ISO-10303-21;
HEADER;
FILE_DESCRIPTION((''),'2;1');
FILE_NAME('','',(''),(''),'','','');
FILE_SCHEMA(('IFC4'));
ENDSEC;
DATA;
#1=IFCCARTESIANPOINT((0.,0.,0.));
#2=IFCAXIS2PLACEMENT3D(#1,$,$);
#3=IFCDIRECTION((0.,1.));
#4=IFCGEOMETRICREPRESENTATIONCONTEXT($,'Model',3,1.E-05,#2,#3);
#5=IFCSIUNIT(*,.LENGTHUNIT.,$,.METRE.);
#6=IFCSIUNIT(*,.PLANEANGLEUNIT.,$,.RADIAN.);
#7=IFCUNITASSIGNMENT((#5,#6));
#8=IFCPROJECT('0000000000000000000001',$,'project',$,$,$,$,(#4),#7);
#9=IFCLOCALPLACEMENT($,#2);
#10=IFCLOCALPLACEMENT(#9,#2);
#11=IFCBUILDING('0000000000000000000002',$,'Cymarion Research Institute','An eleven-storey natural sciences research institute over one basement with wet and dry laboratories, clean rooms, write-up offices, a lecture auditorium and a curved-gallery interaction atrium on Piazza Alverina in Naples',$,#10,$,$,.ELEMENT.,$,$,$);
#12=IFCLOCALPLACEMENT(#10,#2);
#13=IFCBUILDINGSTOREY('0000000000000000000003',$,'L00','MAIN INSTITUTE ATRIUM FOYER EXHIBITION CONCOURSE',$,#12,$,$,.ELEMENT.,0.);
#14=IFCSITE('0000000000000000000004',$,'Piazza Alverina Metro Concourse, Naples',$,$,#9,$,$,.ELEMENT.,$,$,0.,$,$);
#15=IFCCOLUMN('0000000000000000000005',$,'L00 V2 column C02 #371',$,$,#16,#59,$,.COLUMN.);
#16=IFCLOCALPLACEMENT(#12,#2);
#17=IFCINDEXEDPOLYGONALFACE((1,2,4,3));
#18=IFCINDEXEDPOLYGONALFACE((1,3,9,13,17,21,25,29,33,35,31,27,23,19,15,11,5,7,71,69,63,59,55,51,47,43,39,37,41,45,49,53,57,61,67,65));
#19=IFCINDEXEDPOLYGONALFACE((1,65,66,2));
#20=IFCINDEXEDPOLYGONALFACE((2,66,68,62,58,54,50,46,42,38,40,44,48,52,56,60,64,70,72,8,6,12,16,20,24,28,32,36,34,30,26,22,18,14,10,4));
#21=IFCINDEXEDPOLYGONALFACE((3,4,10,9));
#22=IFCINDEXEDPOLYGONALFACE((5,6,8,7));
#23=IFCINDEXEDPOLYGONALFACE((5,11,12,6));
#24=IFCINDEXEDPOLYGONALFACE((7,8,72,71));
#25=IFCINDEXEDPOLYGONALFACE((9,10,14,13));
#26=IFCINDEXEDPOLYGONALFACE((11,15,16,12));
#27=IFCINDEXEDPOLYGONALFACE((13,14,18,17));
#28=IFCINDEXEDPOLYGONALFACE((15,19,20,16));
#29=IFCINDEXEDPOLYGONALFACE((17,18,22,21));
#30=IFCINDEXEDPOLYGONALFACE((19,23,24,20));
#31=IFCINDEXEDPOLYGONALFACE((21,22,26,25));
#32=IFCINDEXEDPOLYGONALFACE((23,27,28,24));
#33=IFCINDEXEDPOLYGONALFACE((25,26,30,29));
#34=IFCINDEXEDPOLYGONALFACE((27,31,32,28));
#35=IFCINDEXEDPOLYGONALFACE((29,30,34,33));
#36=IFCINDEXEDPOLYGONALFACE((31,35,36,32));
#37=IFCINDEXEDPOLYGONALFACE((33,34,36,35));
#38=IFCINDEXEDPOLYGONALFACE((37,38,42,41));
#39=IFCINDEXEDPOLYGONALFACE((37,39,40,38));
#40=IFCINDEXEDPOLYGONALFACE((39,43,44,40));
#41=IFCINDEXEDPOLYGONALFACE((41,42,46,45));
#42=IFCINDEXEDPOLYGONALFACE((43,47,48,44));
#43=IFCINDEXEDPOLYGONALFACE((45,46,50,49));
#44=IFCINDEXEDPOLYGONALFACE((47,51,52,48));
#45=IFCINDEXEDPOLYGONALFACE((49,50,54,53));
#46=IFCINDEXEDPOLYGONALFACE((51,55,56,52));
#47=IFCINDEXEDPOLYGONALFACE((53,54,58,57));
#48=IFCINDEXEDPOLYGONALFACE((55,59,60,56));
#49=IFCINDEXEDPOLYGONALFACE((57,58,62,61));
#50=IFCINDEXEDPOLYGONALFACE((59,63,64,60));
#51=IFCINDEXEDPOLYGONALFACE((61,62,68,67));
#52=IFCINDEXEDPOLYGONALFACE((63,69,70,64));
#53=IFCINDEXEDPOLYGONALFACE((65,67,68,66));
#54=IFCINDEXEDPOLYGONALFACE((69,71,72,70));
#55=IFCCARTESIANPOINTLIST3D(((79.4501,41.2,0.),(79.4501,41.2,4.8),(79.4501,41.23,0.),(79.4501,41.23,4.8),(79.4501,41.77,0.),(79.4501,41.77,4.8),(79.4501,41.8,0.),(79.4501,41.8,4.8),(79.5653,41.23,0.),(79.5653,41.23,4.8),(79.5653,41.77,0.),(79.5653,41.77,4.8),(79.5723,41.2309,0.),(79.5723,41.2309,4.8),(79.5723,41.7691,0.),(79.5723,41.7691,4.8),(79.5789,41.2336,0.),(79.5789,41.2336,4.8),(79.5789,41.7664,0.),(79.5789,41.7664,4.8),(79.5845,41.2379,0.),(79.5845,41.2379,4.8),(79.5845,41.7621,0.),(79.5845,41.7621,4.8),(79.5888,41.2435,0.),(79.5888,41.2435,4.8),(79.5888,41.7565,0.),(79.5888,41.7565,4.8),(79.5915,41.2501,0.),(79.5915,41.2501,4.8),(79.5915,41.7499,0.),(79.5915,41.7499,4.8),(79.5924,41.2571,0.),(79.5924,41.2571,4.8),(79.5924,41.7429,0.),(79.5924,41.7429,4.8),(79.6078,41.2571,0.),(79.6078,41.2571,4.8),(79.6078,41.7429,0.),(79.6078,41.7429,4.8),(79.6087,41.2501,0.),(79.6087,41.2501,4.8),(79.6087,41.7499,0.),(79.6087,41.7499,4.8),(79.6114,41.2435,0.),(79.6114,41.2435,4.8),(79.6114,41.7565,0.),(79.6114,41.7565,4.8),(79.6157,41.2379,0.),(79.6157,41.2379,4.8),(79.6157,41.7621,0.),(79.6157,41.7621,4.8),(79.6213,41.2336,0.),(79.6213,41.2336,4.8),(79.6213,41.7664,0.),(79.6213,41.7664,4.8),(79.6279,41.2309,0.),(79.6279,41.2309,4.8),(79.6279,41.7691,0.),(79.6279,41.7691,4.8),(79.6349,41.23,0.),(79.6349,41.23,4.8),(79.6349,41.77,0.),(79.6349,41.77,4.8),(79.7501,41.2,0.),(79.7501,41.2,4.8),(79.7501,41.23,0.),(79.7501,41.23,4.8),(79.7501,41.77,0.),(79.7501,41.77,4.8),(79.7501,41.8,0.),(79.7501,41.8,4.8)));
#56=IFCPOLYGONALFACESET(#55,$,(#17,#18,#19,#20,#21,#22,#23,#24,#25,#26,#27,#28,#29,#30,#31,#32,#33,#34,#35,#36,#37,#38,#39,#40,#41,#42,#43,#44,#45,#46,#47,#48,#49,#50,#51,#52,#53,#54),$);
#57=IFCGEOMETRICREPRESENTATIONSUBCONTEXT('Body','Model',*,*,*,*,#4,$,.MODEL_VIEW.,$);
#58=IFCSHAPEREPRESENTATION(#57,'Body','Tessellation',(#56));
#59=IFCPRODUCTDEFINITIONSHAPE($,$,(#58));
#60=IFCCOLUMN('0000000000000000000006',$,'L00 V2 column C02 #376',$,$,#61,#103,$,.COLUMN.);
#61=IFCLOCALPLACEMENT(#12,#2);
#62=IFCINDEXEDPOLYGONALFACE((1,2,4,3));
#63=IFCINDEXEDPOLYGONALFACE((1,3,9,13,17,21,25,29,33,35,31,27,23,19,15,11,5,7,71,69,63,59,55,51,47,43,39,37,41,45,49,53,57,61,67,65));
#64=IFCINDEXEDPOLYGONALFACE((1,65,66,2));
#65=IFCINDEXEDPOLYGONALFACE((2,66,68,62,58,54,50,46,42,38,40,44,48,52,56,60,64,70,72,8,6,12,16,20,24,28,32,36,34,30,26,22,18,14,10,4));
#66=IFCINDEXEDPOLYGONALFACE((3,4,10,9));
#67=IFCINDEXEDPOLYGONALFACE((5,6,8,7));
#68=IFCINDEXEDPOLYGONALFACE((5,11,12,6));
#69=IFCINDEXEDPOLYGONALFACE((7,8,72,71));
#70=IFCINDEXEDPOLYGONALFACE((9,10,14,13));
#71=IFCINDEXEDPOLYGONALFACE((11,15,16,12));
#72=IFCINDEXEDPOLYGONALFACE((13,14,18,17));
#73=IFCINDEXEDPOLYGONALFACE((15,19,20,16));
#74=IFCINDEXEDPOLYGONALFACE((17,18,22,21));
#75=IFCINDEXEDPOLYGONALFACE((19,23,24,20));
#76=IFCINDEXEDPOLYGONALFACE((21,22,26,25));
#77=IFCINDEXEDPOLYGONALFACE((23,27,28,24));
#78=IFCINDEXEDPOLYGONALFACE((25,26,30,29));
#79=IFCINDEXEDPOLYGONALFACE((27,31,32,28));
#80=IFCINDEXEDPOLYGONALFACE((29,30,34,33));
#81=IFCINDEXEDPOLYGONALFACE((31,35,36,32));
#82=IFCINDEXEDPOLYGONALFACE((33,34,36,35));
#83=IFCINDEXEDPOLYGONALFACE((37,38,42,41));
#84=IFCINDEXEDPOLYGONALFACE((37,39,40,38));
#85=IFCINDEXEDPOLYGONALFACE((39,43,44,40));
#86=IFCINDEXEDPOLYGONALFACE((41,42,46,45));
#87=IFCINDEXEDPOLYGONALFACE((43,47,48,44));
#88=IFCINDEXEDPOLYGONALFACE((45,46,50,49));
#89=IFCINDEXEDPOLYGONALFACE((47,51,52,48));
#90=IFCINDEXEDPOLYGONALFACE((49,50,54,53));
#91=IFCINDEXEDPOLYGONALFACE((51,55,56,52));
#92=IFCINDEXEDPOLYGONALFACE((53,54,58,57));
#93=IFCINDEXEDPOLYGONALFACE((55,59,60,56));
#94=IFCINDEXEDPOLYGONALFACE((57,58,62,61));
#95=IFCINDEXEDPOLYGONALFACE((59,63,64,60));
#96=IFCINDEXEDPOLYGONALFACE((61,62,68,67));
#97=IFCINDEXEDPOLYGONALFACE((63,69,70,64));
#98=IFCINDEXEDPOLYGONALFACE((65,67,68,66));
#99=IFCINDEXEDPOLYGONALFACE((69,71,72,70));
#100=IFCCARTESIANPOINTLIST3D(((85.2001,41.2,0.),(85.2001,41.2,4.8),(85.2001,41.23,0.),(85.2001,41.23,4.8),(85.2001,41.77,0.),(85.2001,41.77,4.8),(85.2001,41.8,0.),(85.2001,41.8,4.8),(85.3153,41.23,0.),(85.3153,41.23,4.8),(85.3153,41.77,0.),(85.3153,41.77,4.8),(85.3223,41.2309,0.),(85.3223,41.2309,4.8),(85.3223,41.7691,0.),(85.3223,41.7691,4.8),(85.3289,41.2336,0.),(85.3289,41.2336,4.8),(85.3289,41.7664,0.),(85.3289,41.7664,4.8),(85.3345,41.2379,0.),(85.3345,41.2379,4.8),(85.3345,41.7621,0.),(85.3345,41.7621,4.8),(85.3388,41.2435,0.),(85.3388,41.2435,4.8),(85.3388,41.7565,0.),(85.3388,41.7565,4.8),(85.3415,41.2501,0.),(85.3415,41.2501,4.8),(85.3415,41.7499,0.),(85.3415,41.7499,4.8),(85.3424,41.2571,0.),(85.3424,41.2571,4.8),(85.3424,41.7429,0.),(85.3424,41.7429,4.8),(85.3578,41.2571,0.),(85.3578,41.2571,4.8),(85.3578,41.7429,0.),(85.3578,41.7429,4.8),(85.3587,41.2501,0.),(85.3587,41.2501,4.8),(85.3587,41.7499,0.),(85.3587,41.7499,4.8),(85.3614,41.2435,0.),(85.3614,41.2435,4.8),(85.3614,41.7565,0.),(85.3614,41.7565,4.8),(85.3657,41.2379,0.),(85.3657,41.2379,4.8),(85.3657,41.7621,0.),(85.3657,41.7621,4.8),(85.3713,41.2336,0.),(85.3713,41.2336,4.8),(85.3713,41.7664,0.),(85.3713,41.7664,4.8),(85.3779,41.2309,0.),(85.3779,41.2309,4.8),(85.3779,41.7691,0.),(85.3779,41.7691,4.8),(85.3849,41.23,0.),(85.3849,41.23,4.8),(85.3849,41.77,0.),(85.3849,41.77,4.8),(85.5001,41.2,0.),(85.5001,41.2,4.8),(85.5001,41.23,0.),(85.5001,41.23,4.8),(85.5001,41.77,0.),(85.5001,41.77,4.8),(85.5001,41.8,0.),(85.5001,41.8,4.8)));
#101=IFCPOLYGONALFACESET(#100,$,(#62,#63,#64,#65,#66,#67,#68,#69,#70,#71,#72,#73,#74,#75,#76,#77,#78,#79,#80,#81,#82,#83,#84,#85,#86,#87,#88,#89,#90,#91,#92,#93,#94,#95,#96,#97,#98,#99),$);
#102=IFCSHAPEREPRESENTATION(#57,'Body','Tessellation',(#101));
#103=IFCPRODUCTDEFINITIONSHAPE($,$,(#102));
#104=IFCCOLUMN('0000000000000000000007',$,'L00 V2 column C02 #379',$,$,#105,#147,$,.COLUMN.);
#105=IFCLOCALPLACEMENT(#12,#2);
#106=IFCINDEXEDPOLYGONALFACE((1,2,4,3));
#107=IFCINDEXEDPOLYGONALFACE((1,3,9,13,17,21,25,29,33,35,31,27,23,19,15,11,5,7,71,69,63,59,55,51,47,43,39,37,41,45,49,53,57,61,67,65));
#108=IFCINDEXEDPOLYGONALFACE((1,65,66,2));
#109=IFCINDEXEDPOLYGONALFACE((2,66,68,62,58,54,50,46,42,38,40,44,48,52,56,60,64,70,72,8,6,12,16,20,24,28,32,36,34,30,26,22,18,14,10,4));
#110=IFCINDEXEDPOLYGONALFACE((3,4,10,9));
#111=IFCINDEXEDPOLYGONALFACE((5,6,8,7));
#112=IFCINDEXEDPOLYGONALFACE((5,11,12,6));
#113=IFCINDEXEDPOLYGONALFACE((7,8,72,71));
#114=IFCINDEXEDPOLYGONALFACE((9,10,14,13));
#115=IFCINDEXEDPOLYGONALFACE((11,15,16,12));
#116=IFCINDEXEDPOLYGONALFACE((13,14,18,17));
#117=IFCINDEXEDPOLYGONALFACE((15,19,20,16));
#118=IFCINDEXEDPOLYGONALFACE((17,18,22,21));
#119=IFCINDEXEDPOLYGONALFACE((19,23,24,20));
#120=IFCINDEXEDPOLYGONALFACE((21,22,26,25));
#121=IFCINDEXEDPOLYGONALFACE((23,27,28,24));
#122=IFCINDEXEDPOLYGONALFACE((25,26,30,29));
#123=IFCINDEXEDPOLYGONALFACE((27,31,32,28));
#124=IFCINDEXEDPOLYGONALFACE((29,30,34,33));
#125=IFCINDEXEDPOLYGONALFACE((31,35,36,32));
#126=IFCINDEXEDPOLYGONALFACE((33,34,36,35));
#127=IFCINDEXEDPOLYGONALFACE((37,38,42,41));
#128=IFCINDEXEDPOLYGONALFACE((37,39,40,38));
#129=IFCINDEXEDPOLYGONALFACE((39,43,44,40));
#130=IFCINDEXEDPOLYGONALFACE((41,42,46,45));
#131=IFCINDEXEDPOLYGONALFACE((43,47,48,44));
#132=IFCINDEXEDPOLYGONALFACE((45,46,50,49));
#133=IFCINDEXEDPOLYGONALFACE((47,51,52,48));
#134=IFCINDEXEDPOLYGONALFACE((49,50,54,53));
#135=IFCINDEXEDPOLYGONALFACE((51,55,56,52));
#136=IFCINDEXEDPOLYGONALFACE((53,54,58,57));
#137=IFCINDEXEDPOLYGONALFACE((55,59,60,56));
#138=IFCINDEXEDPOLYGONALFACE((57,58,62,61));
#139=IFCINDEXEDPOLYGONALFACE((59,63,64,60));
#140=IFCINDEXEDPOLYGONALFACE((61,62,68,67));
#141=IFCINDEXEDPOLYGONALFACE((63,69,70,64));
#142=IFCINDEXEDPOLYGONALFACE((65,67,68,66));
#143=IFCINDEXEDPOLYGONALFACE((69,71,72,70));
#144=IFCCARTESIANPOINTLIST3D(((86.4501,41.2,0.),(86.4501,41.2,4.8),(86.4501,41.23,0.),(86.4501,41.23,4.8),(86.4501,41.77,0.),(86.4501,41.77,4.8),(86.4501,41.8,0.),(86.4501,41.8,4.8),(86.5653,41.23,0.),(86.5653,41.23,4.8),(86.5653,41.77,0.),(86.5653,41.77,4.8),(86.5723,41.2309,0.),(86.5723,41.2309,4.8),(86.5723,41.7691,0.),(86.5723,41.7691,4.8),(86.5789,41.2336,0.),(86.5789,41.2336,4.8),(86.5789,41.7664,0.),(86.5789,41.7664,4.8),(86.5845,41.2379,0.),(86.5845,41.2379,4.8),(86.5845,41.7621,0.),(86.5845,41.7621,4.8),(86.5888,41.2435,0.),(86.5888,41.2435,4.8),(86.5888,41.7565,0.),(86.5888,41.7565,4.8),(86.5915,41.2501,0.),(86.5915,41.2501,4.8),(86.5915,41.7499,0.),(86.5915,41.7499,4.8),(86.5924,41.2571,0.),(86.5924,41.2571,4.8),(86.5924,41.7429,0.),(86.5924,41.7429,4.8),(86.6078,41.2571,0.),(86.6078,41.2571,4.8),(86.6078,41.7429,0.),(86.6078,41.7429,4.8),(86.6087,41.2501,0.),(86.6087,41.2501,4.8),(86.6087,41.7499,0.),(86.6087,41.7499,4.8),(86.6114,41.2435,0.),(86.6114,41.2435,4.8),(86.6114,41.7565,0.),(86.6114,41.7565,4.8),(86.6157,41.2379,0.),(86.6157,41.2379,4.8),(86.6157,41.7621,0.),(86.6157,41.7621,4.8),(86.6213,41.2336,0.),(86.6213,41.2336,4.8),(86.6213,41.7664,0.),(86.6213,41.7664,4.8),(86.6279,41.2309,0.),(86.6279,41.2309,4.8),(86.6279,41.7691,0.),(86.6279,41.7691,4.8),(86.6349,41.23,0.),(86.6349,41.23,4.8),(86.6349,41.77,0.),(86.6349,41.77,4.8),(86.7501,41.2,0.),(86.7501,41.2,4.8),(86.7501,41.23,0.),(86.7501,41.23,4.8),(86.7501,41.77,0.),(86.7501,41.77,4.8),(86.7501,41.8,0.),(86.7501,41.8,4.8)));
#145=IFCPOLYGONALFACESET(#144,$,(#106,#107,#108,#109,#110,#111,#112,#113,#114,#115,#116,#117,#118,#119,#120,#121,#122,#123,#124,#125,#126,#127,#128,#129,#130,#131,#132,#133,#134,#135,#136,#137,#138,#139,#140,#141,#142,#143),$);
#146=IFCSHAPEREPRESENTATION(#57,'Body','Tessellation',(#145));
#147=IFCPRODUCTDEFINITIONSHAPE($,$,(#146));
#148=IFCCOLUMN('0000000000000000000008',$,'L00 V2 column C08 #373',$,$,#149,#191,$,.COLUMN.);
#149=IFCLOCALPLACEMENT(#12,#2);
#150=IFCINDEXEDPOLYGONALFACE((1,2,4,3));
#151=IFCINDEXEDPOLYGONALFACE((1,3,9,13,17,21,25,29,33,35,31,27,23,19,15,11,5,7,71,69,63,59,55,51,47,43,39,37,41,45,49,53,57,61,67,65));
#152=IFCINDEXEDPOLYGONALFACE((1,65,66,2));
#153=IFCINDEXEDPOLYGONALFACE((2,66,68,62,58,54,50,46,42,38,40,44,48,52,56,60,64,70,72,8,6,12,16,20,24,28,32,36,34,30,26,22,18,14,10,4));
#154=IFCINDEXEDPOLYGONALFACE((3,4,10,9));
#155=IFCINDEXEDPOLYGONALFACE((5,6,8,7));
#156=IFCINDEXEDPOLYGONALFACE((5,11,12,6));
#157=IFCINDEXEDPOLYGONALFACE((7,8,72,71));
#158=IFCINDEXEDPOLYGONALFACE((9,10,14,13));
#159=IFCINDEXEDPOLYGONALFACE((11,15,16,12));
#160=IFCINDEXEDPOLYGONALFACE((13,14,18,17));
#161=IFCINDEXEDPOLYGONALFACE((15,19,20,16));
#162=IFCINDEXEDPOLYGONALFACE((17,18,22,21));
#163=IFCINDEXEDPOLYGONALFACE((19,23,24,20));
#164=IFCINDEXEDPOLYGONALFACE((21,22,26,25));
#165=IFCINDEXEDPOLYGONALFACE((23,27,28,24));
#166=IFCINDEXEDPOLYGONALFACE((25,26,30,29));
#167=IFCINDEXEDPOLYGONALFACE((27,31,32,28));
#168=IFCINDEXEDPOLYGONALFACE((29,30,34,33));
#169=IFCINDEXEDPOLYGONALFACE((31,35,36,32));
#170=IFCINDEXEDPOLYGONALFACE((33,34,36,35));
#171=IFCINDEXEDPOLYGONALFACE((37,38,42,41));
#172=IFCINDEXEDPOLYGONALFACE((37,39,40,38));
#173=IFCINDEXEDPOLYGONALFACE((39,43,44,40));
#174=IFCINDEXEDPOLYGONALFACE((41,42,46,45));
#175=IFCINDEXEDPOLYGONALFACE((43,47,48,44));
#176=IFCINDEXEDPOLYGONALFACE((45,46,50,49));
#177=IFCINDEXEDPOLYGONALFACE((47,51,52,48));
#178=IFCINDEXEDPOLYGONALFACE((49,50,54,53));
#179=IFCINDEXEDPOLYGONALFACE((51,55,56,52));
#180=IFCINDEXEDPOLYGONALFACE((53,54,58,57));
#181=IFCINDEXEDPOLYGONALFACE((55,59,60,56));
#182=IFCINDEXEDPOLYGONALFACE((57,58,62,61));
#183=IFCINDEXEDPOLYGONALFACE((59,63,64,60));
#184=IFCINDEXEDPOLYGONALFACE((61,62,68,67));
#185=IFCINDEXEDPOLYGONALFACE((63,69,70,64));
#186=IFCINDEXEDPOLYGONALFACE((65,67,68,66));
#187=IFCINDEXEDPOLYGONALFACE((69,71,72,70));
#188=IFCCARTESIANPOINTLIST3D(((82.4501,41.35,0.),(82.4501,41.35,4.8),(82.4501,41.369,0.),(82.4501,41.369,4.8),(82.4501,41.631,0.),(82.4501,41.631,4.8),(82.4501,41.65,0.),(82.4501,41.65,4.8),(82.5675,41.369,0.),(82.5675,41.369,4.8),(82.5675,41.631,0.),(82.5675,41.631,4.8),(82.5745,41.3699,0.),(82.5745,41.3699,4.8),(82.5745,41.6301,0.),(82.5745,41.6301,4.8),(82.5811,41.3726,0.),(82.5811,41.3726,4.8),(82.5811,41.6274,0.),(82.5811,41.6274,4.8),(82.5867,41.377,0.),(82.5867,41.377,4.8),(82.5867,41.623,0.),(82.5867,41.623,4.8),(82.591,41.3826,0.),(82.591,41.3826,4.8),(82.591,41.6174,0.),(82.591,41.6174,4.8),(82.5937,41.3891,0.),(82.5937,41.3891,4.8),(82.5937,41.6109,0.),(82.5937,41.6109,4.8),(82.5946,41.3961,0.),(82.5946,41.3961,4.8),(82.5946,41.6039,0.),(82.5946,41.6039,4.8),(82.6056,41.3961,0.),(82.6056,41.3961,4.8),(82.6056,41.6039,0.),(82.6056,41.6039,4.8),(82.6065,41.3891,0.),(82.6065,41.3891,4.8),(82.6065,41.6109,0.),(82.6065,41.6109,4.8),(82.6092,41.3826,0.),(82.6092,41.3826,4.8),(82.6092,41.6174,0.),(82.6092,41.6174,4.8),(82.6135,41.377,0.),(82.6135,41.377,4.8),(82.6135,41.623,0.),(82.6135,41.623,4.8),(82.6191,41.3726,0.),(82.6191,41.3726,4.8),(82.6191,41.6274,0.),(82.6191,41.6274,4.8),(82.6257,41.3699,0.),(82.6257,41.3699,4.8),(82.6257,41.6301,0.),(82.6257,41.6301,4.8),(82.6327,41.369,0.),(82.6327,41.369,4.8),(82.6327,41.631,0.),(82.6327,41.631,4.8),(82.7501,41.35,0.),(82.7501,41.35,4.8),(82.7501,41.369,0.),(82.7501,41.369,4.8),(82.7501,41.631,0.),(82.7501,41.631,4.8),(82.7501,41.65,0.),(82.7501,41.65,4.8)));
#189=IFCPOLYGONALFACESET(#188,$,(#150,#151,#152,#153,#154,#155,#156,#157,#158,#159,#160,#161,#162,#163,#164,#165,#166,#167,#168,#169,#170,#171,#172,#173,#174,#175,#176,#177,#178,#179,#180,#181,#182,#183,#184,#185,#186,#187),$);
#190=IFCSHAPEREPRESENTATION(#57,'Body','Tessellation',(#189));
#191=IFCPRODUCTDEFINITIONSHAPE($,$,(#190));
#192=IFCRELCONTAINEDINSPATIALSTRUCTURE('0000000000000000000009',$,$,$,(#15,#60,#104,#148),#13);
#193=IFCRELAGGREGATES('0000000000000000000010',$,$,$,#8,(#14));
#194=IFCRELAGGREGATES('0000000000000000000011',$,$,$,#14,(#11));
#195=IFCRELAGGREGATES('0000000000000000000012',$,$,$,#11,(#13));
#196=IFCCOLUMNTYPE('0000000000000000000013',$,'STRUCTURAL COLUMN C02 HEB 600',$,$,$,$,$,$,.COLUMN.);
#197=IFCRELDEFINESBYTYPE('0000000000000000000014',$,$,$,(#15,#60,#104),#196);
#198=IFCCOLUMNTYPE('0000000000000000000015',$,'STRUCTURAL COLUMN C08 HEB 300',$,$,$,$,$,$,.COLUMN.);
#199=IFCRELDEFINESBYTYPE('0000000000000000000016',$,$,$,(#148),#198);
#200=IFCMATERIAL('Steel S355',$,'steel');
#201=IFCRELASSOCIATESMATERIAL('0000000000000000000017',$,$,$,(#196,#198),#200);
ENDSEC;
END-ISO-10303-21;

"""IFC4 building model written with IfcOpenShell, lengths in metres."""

from ifc_helpers import new_model, si_unit, direction, frame, origin, origin_2d, place, context, subcontext, project, spatial, i_section, extrude, material, material_profile, profile_set, type_object, element, save


model = new_model("IFC4")

# Units and contexts
model_context = context("Model", 3, precision=1e-05, world=origin(), true_north=direction((0.0, 1.0)))
body_context = subcontext(model_context, "Body", "Model", "MODEL_VIEW")
ifc_project = project(units=[si_unit("LENGTHUNIT", "METRE"), si_unit("PLANEANGLEUNIT", "RADIAN")], contexts=[model_context])

# Site, building, storey
site_placement = place(None, origin())
site = spatial("IfcSite", under=ifc_project, at=site_placement, Name="Piazza Alverina Metro Concourse, Naples", CompositionType="ELEMENT", RefElevation=0.0)
building_placement = place(site_placement, origin())
building = spatial("IfcBuilding", under=site, at=building_placement, Name="Cymarion Research Institute", Description="An eleven-storey natural sciences research institute over one basement with wet and dry laboratories, clean rooms, write-up offices, a lecture auditorium and a curved-gallery interaction atrium on Piazza Alverina in Naples", CompositionType="ELEMENT")
storey_placement = place(building_placement, origin())
storey = spatial("IfcBuildingStorey", under=building, at=storey_placement, Name="L00", Description="MAIN INSTITUTE ATRIUM FOYER EXHIBITION CONCOURSE", CompositionType="ELEMENT", Elevation=0.0)

# Columns
ifc_material_1 = material(Name="Steel S355", Category="steel")
ifc_material_profile_1 = material_profile(ifc_material_1, i_section(OverallWidth=0.3, OverallDepth=0.6001, WebThickness=0.0154, FlangeThickness=0.03, FilletRadius=0.0271, at=origin_2d()), Name="HEB 600")
ifc_profile_set_1 = profile_set([ifc_material_profile_1], Name="Steel S355")
column_type_1 = type_object("IfcColumnType", Name="STRUCTURAL COLUMN C02 HEB 600", PredefinedType="COLUMN", material=ifc_profile_set_1)
for number, where, z_axis, x_axis, name in (
    (1, (79.6001, 41.5, 0.0), (0.0, 0.0, 1.0), (1.0, 0.0, 0.0), "L00 V2 column C02 #371"),
    (2, (85.3501, 41.5, 0.0), (0.0, 0.0, 1.0), (1.0, 0.0, 0.0), "L00 V2 column C02 #376"),
    (3, (86.6001, 41.5, 0.0), (0.0, 0.0, 1.0), (1.0, 0.0, 0.0), "L00 V2 column C02 #379"),
):
    element("IfcColumn", number, at=place(storey_placement, frame(where, z_axis=z_axis, x_axis=x_axis)), inside=storey, type_object=column_type_1, Name=name, PredefinedType="COLUMN", context=body_context, shape_type="SweptSolid", body=[
        extrude(i_section(OverallWidth=0.3, OverallDepth=0.6001, WebThickness=0.0154, FlangeThickness=0.03, FilletRadius=0.0271, at=origin_2d()), origin(), (0.0, 0.0, 1.0), 4.8),
    ])
ifc_material_profile_2 = material_profile(ifc_material_1, i_section(OverallWidth=0.3, OverallDepth=0.3, WebThickness=0.011, FlangeThickness=0.019, FilletRadius=0.0271, at=origin_2d()), Name="HEB 300")
ifc_profile_set_2 = profile_set([ifc_material_profile_2], Name="Steel S355")
column_type_2 = type_object("IfcColumnType", Name="STRUCTURAL COLUMN C08 HEB 300", PredefinedType="COLUMN", material=ifc_profile_set_2)
column_1_placement = place(storey_placement, frame((82.6001, 41.5, 0.0), z_axis=(0.0, 0.0, 1.0), x_axis=(1.0, 0.0, 0.0)))
element("IfcColumn", 4, at=column_1_placement, inside=storey, type_object=column_type_2, Name="L00 V2 column C08 #373", PredefinedType="COLUMN", context=body_context, shape_type="SweptSolid", body=[
    extrude(i_section(OverallWidth=0.3, OverallDepth=0.3, WebThickness=0.011, FlangeThickness=0.019, FilletRadius=0.0271, at=origin_2d()), origin(), (0.0, 0.0, 1.0), 4.8),
])

save(model, "model.ifc")
